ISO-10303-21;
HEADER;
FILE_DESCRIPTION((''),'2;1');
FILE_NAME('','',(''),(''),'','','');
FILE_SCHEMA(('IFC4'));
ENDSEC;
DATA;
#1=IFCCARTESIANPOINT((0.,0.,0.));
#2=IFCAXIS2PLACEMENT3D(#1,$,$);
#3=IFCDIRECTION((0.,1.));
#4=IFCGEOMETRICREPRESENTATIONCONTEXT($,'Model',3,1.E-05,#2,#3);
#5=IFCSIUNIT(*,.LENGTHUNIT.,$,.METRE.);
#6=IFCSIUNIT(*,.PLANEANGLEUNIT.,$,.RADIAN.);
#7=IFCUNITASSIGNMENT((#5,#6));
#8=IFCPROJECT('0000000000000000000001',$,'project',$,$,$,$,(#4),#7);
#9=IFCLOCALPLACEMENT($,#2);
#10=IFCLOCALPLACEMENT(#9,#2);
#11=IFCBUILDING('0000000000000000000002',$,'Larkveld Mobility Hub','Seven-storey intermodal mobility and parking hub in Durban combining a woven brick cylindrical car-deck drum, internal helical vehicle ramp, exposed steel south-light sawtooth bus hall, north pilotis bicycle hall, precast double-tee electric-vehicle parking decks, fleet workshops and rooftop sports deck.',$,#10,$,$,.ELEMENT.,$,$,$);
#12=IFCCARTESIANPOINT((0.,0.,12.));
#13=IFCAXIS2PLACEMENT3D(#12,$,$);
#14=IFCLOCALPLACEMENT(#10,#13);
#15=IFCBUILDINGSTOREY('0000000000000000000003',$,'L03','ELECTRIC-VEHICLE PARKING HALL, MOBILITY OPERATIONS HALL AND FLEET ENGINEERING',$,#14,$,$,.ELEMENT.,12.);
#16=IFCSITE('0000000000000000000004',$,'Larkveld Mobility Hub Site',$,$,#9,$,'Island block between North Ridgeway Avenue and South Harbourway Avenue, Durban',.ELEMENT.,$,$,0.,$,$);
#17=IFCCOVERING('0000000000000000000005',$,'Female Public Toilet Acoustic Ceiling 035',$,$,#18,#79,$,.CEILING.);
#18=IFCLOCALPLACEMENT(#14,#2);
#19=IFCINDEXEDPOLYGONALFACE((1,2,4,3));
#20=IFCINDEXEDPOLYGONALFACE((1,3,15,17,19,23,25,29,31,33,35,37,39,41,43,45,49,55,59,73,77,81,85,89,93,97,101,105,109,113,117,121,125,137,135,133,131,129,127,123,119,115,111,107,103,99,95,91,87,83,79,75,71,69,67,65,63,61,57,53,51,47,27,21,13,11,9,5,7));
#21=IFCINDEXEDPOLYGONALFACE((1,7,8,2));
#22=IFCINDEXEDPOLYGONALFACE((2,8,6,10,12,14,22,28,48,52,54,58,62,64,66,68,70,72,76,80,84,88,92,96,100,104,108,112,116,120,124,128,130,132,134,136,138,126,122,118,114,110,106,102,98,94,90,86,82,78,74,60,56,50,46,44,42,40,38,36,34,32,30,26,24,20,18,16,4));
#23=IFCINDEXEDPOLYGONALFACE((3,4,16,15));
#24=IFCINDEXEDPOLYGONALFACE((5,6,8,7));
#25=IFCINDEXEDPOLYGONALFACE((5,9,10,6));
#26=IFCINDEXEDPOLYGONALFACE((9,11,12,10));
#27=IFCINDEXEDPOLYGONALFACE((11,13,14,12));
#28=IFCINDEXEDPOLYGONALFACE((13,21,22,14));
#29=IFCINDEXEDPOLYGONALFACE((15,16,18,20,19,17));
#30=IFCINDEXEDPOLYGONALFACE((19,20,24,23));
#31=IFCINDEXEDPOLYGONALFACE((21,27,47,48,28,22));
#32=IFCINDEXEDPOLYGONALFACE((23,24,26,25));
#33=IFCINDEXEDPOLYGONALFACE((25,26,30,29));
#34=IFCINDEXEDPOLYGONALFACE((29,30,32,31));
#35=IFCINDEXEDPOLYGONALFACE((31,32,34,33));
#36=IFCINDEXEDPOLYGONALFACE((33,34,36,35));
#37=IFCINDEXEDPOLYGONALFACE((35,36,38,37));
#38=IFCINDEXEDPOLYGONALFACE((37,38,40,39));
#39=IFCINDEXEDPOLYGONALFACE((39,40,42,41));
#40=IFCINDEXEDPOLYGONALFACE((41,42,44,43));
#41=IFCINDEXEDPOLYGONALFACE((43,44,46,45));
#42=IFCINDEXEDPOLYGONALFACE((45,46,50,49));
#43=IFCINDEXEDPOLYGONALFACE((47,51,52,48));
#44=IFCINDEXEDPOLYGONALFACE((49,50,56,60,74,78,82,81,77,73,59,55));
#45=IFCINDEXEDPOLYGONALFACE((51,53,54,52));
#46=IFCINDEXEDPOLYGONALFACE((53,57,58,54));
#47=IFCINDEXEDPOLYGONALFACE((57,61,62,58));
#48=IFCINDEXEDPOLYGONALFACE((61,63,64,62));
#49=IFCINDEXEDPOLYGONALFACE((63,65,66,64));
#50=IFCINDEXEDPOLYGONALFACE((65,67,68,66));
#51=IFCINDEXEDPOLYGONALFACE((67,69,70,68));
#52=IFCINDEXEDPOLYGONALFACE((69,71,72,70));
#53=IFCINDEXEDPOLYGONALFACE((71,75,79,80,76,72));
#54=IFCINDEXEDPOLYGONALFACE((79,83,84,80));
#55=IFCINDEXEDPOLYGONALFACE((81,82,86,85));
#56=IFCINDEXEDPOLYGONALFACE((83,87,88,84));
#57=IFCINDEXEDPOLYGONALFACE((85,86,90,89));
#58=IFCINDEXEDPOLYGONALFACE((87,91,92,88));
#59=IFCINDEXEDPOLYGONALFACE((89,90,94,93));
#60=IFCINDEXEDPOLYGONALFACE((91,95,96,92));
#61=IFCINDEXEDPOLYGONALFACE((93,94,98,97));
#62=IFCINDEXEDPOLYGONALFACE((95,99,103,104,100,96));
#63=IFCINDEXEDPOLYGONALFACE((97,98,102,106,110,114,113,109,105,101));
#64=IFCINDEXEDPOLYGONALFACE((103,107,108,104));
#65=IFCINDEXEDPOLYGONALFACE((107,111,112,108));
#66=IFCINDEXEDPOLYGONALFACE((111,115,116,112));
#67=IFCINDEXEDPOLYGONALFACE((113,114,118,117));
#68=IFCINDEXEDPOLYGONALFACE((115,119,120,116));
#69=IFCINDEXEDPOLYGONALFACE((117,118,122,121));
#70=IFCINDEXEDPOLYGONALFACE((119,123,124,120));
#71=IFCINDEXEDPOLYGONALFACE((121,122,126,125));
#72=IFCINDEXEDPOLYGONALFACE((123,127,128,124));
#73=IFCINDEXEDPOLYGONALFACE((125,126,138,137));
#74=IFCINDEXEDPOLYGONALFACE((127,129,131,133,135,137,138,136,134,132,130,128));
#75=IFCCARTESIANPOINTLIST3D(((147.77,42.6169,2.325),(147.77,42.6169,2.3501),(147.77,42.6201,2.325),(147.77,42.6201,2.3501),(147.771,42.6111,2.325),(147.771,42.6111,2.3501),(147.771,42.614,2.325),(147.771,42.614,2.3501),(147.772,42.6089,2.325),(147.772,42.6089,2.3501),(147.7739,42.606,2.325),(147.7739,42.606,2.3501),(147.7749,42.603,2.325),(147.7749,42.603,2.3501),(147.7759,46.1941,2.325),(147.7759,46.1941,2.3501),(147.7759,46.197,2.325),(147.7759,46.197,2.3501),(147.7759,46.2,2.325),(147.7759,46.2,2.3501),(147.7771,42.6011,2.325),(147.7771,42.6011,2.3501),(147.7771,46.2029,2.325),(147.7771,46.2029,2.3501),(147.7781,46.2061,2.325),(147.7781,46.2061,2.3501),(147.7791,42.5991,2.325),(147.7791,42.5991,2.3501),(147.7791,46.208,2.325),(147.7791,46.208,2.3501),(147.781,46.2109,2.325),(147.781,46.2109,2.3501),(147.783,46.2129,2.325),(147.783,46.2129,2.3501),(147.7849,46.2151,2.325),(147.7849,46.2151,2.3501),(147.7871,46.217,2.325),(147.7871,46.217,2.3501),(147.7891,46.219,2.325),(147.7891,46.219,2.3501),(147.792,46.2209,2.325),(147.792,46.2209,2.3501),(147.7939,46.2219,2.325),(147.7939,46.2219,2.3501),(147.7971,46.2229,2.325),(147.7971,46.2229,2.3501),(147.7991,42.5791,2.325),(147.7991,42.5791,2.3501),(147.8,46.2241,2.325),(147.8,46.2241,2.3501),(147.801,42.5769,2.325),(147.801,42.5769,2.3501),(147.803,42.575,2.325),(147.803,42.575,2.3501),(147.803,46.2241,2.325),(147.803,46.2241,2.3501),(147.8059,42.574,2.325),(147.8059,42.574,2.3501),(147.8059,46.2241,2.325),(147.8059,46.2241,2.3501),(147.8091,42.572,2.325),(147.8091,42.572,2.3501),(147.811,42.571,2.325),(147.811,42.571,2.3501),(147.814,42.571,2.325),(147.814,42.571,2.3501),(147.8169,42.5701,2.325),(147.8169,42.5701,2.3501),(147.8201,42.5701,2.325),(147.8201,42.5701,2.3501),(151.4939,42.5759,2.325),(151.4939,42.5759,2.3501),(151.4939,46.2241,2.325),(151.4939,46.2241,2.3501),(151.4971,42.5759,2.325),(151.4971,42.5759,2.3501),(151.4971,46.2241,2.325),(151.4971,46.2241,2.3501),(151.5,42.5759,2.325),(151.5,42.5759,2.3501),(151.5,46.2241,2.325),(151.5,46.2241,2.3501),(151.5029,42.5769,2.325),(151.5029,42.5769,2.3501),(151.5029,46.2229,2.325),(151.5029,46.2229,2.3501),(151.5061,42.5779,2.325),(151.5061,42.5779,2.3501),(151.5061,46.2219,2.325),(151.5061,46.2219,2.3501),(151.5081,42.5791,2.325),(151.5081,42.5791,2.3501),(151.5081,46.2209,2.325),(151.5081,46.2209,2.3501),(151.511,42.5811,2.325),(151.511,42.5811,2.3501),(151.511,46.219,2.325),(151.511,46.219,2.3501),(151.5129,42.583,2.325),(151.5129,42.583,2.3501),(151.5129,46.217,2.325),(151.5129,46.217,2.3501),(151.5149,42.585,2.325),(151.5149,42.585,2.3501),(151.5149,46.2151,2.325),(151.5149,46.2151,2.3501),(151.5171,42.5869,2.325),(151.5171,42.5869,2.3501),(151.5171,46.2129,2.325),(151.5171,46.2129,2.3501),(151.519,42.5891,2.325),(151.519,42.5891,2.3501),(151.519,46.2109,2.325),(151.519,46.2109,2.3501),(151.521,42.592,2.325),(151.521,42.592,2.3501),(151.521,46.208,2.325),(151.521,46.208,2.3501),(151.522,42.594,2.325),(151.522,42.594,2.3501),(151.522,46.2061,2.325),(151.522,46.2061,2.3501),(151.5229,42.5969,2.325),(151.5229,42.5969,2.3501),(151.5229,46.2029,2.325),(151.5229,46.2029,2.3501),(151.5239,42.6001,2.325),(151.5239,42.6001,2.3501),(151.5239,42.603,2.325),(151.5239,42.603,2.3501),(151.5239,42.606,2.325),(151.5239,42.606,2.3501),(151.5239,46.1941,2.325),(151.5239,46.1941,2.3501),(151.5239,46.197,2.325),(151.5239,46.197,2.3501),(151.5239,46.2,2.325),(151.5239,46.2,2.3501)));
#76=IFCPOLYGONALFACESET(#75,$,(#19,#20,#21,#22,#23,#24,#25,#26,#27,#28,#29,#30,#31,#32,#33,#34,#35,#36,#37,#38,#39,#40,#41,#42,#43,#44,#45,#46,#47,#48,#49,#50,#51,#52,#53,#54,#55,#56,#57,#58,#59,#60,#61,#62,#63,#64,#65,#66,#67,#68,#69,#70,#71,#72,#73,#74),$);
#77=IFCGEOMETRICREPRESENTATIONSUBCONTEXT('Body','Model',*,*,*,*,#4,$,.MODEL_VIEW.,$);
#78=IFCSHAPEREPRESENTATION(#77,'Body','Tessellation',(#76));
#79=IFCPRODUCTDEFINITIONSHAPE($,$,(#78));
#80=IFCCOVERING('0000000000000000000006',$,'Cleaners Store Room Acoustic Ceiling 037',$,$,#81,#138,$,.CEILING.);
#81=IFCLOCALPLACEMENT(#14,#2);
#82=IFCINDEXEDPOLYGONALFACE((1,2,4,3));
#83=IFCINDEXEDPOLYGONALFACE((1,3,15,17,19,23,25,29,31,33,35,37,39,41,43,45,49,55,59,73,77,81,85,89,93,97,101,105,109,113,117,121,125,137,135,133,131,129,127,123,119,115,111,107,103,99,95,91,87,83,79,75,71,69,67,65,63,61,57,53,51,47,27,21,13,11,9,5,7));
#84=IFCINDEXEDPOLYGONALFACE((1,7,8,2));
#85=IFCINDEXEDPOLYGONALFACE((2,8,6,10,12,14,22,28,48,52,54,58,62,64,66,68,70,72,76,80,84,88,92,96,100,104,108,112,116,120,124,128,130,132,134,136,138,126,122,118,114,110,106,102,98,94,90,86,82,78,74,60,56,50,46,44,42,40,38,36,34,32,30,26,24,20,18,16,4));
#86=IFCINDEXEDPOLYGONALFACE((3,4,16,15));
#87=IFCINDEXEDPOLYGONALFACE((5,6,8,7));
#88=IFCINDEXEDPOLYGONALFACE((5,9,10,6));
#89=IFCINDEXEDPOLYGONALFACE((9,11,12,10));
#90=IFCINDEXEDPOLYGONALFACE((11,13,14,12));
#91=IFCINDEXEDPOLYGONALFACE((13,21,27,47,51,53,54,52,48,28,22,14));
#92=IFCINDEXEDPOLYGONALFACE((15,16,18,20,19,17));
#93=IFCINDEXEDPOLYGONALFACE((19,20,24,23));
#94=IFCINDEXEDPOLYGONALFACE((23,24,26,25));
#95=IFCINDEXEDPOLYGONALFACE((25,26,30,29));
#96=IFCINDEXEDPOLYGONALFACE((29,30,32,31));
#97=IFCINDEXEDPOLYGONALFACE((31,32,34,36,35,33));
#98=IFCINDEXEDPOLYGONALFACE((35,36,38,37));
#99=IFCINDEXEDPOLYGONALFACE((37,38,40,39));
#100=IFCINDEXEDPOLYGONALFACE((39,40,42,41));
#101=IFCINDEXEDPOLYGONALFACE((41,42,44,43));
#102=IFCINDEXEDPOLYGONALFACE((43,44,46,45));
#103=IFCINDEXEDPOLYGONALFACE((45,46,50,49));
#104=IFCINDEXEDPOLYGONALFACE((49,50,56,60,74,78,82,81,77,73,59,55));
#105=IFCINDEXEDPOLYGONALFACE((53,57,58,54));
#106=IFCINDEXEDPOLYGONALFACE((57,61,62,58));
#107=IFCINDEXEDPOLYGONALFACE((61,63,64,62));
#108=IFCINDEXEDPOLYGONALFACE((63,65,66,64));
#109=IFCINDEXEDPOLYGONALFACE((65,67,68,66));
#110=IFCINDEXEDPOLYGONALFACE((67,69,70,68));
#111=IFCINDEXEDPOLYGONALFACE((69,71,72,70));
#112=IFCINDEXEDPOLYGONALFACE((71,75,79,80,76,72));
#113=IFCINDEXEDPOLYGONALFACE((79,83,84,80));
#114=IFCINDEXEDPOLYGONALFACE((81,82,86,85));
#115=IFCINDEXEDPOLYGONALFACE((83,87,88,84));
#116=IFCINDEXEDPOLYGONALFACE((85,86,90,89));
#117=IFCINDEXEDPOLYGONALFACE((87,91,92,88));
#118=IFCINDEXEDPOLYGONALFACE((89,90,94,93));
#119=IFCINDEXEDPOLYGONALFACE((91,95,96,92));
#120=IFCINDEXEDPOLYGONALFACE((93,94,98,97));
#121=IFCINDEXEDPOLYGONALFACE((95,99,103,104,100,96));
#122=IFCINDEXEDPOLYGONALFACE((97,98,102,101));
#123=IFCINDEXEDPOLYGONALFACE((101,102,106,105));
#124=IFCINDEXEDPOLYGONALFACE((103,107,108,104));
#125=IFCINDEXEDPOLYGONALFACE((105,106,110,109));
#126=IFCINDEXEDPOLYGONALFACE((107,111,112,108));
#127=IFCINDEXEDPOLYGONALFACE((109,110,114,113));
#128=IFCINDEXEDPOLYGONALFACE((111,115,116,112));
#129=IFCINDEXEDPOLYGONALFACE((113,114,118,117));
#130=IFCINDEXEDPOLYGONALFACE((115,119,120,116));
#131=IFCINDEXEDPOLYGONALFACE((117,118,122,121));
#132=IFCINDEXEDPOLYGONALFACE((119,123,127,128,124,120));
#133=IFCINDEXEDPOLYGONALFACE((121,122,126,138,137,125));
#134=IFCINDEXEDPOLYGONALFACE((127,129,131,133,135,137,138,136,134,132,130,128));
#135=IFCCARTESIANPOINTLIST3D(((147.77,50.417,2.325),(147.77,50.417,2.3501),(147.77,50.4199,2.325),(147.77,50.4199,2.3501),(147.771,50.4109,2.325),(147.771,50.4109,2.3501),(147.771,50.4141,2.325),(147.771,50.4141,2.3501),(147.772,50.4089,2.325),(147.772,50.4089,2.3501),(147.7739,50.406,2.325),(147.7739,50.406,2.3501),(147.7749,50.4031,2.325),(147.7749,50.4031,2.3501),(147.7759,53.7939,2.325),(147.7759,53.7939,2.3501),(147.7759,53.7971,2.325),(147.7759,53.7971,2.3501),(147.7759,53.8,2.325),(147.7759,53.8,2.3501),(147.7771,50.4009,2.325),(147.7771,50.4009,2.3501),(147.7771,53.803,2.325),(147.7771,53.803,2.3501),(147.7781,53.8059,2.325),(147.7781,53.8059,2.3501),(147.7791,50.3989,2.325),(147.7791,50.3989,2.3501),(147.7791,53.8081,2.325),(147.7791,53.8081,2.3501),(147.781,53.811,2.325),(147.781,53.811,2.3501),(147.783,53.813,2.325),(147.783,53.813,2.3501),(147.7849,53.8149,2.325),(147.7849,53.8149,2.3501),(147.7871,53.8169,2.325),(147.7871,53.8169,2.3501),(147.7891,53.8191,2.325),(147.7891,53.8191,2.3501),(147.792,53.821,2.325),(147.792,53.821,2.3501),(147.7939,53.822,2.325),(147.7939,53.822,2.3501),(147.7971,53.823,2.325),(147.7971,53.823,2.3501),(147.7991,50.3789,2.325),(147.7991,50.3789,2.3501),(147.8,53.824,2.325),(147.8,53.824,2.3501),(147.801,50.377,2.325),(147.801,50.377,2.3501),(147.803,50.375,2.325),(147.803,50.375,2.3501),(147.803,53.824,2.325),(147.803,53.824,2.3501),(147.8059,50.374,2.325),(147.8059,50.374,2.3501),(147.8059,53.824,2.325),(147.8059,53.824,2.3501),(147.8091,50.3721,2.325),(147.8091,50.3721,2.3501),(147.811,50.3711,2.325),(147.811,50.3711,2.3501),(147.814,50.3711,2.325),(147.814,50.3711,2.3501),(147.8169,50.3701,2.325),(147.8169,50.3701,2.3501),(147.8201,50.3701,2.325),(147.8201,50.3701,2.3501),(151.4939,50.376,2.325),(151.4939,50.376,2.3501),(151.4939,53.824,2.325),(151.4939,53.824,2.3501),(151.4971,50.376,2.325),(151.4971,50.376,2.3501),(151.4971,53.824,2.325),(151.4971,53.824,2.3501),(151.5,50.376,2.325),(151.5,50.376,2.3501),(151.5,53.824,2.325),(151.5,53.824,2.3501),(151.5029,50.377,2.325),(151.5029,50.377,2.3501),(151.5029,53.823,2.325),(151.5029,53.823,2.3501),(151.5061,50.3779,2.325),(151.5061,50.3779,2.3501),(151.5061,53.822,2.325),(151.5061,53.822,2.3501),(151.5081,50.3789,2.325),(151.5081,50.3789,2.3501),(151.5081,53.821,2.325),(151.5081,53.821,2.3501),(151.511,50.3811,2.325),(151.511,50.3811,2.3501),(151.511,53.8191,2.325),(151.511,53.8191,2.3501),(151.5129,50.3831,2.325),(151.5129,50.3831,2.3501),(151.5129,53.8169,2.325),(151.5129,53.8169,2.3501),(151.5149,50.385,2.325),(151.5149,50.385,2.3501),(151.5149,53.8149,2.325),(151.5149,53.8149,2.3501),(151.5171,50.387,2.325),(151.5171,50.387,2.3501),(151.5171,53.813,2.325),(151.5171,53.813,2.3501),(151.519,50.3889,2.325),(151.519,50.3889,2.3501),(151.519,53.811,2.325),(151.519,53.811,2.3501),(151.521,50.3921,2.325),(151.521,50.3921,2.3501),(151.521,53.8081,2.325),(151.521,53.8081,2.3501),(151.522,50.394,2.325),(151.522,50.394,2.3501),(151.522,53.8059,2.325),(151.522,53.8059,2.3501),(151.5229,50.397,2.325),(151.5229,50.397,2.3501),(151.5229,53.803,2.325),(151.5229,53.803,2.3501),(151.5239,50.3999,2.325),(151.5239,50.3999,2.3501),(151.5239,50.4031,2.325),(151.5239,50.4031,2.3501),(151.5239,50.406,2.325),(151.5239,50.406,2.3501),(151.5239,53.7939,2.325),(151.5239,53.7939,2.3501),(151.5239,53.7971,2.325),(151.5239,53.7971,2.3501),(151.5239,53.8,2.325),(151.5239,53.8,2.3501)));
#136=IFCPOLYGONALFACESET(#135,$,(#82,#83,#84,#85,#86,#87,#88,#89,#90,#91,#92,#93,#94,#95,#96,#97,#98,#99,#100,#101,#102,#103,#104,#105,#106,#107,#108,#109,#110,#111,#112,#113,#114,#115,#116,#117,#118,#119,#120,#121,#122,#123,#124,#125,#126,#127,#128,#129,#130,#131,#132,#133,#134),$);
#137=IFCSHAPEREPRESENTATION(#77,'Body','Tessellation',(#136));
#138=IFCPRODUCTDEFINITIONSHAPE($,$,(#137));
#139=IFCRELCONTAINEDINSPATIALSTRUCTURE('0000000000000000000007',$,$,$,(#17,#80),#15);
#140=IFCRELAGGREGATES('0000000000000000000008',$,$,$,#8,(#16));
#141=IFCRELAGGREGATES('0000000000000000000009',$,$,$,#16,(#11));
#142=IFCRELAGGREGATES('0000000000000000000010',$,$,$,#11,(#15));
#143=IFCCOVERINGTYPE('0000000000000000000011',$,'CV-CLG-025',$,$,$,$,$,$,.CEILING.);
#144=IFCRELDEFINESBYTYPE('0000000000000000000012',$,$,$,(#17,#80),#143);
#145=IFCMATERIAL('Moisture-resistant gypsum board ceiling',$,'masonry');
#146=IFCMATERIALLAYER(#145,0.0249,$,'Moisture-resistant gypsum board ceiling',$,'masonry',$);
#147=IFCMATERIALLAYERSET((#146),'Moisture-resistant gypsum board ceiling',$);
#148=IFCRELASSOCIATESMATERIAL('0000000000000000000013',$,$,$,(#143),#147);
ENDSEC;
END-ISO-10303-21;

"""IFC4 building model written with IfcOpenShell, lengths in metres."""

from ifc_helpers import new_model, si_unit, direction, frame, origin, place, context, subcontext, project, spatial, polyline, outline, extrude, material, layer, layer_set, type_object, element, save


model = new_model("IFC4")

# Units and contexts
model_context = context("Model", 3, precision=1e-05, world=origin(), true_north=direction((0.0, 1.0)))
body_context = subcontext(model_context, "Body", "Model", "MODEL_VIEW")
ifc_project = project(units=[si_unit("LENGTHUNIT", "METRE"), si_unit("PLANEANGLEUNIT", "RADIAN")], contexts=[model_context])

# Site, building, storey
site_placement = place(None, origin())
site = spatial("IfcSite", under=ifc_project, at=site_placement, Name="Larkveld Mobility Hub Site", LongName="Island block between North Ridgeway Avenue and South Harbourway Avenue, Durban", CompositionType="ELEMENT", RefElevation=0.0)
building_placement = place(site_placement, origin())
building = spatial("IfcBuilding", under=site, at=building_placement, Name="Larkveld Mobility Hub", Description="Seven-storey intermodal mobility and parking hub in Durban combining a woven brick cylindrical car-deck drum, internal helical vehicle ramp, exposed steel south-light sawtooth bus hall, north pilotis bicycle hall, precast double-tee electric-vehicle parking decks, fleet workshops and rooftop sports deck.", CompositionType="ELEMENT")
storey_placement = place(building_placement, frame((0.0, 0.0, 12.0)))
storey = spatial("IfcBuildingStorey", under=building, at=storey_placement, Name="L03", Description="ELECTRIC-VEHICLE PARKING HALL, MOBILITY OPERATIONS HALL AND FLEET ENGINEERING", CompositionType="ELEMENT", Elevation=12.0)

# Coverings
ifc_material_1 = material(Name="Moisture-resistant gypsum board ceiling", Category="masonry")
ifc_layer_1 = layer(ifc_material_1, 0.0249, Name="Moisture-resistant gypsum board ceiling", Category="masonry")
ifc_layer_set_1 = layer_set([ifc_layer_1], Name="Moisture-resistant gypsum board ceiling")
covering_type_1 = type_object("IfcCoveringType", Name="CV-CLG-025", PredefinedType="CEILING", material=ifc_layer_set_1)
covering_1_placement = place(storey_placement, frame((0.0, 0.0, 2.325)))
element("IfcCovering", 1, at=covering_1_placement, inside=storey, type_object=covering_type_1, Name="Female Public Toilet Acoustic Ceiling 035", PredefinedType="CEILING", context=body_context, shape_type="SweptSolid", body=[
    extrude(outline(polyline([(147.8201, 42.5701), (147.8169, 42.5701), (147.814, 42.571), (147.811, 42.571), (147.8091, 42.572), (147.8059, 42.574), (147.803, 42.575), (147.801, 42.5769), (147.7991, 42.5791), (147.7791, 42.5991), (147.7771, 42.6011), (147.7749, 42.603), (147.7739, 42.606), (147.772, 42.6089), (147.771, 42.6111), (147.771, 42.614), (147.77, 42.6169), (147.77, 42.6201), (147.7759, 46.1941), (147.7759, 46.197), (147.7759, 46.2), (147.7771, 46.2029), (147.7781, 46.2061), (147.7791, 46.208), (147.781, 46.2109), (147.783, 46.2129), (147.7849, 46.2151), (147.7871, 46.217), (147.7891, 46.219), (147.792, 46.2209), (147.7939, 46.2219), (147.7971, 46.2229), (147.8, 46.2241), (147.803, 46.2241), (147.8059, 46.2241), (151.4939, 46.2241), (151.4971, 46.2241), (151.5, 46.2241), (151.5029, 46.2229), (151.5061, 46.2219), (151.5081, 46.2209), (151.511, 46.219), (151.5129, 46.217), (151.5149, 46.2151), (151.5171, 46.2129), (151.519, 46.2109), (151.521, 46.208), (151.522, 46.2061), (151.5229, 46.2029), (151.5239, 46.2), (151.5239, 46.197), (151.5239, 46.1941), (151.5239, 42.606), (151.5239, 42.603), (151.5239, 42.6001), (151.5229, 42.5969), (151.522, 42.594), (151.521, 42.592), (151.519, 42.5891), (151.5171, 42.5869), (151.5149, 42.585), (151.5129, 42.583), (151.511, 42.5811), (151.5081, 42.5791), (151.5061, 42.5779), (151.5029, 42.5769), (151.5, 42.5759), (151.4971, 42.5759), (151.4939, 42.5759), (147.8201, 42.5701)])), origin(), (0.0, 0.0, 1.0), 0.0251),
])
covering_2_placement = place(storey_placement, frame((0.0, 0.0, 2.325)))
element("IfcCovering", 2, at=covering_2_placement, inside=storey, type_object=covering_type_1, Name="Cleaners Store Room Acoustic Ceiling 037", PredefinedType="CEILING", context=body_context, shape_type="SweptSolid", body=[
    extrude(outline(polyline([(147.8201, 50.3701), (147.8169, 50.3701), (147.814, 50.3711), (147.811, 50.3711), (147.8091, 50.3721), (147.8059, 50.374), (147.803, 50.375), (147.801, 50.377), (147.7991, 50.3789), (147.7791, 50.3989), (147.7771, 50.4009), (147.7749, 50.4031), (147.7739, 50.406), (147.772, 50.4089), (147.771, 50.4109), (147.771, 50.4141), (147.77, 50.417), (147.77, 50.4199), (147.7759, 53.7939), (147.7759, 53.7971), (147.7759, 53.8), (147.7771, 53.803), (147.7781, 53.8059), (147.7791, 53.8081), (147.781, 53.811), (147.783, 53.813), (147.7849, 53.8149), (147.7871, 53.8169), (147.7891, 53.8191), (147.792, 53.821), (147.7939, 53.822), (147.7971, 53.823), (147.8, 53.824), (147.803, 53.824), (147.8059, 53.824), (151.4939, 53.824), (151.4971, 53.824), (151.5, 53.824), (151.5029, 53.823), (151.5061, 53.822), (151.5081, 53.821), (151.511, 53.8191), (151.5129, 53.8169), (151.5149, 53.8149), (151.5171, 53.813), (151.519, 53.811), (151.521, 53.8081), (151.522, 53.8059), (151.5229, 53.803), (151.5239, 53.8), (151.5239, 53.7971), (151.5239, 53.7939), (151.5239, 50.406), (151.5239, 50.4031), (151.5239, 50.3999), (151.5229, 50.397), (151.522, 50.394), (151.521, 50.3921), (151.519, 50.3889), (151.5171, 50.387), (151.5149, 50.385), (151.5129, 50.3831), (151.511, 50.3811), (151.5081, 50.3789), (151.5061, 50.3779), (151.5029, 50.377), (151.5, 50.376), (151.4971, 50.376), (151.4939, 50.376), (147.8201, 50.3701)])), origin(), (0.0, 0.0, 1.0), 0.0251),
])

save(model, "model.ifc")
